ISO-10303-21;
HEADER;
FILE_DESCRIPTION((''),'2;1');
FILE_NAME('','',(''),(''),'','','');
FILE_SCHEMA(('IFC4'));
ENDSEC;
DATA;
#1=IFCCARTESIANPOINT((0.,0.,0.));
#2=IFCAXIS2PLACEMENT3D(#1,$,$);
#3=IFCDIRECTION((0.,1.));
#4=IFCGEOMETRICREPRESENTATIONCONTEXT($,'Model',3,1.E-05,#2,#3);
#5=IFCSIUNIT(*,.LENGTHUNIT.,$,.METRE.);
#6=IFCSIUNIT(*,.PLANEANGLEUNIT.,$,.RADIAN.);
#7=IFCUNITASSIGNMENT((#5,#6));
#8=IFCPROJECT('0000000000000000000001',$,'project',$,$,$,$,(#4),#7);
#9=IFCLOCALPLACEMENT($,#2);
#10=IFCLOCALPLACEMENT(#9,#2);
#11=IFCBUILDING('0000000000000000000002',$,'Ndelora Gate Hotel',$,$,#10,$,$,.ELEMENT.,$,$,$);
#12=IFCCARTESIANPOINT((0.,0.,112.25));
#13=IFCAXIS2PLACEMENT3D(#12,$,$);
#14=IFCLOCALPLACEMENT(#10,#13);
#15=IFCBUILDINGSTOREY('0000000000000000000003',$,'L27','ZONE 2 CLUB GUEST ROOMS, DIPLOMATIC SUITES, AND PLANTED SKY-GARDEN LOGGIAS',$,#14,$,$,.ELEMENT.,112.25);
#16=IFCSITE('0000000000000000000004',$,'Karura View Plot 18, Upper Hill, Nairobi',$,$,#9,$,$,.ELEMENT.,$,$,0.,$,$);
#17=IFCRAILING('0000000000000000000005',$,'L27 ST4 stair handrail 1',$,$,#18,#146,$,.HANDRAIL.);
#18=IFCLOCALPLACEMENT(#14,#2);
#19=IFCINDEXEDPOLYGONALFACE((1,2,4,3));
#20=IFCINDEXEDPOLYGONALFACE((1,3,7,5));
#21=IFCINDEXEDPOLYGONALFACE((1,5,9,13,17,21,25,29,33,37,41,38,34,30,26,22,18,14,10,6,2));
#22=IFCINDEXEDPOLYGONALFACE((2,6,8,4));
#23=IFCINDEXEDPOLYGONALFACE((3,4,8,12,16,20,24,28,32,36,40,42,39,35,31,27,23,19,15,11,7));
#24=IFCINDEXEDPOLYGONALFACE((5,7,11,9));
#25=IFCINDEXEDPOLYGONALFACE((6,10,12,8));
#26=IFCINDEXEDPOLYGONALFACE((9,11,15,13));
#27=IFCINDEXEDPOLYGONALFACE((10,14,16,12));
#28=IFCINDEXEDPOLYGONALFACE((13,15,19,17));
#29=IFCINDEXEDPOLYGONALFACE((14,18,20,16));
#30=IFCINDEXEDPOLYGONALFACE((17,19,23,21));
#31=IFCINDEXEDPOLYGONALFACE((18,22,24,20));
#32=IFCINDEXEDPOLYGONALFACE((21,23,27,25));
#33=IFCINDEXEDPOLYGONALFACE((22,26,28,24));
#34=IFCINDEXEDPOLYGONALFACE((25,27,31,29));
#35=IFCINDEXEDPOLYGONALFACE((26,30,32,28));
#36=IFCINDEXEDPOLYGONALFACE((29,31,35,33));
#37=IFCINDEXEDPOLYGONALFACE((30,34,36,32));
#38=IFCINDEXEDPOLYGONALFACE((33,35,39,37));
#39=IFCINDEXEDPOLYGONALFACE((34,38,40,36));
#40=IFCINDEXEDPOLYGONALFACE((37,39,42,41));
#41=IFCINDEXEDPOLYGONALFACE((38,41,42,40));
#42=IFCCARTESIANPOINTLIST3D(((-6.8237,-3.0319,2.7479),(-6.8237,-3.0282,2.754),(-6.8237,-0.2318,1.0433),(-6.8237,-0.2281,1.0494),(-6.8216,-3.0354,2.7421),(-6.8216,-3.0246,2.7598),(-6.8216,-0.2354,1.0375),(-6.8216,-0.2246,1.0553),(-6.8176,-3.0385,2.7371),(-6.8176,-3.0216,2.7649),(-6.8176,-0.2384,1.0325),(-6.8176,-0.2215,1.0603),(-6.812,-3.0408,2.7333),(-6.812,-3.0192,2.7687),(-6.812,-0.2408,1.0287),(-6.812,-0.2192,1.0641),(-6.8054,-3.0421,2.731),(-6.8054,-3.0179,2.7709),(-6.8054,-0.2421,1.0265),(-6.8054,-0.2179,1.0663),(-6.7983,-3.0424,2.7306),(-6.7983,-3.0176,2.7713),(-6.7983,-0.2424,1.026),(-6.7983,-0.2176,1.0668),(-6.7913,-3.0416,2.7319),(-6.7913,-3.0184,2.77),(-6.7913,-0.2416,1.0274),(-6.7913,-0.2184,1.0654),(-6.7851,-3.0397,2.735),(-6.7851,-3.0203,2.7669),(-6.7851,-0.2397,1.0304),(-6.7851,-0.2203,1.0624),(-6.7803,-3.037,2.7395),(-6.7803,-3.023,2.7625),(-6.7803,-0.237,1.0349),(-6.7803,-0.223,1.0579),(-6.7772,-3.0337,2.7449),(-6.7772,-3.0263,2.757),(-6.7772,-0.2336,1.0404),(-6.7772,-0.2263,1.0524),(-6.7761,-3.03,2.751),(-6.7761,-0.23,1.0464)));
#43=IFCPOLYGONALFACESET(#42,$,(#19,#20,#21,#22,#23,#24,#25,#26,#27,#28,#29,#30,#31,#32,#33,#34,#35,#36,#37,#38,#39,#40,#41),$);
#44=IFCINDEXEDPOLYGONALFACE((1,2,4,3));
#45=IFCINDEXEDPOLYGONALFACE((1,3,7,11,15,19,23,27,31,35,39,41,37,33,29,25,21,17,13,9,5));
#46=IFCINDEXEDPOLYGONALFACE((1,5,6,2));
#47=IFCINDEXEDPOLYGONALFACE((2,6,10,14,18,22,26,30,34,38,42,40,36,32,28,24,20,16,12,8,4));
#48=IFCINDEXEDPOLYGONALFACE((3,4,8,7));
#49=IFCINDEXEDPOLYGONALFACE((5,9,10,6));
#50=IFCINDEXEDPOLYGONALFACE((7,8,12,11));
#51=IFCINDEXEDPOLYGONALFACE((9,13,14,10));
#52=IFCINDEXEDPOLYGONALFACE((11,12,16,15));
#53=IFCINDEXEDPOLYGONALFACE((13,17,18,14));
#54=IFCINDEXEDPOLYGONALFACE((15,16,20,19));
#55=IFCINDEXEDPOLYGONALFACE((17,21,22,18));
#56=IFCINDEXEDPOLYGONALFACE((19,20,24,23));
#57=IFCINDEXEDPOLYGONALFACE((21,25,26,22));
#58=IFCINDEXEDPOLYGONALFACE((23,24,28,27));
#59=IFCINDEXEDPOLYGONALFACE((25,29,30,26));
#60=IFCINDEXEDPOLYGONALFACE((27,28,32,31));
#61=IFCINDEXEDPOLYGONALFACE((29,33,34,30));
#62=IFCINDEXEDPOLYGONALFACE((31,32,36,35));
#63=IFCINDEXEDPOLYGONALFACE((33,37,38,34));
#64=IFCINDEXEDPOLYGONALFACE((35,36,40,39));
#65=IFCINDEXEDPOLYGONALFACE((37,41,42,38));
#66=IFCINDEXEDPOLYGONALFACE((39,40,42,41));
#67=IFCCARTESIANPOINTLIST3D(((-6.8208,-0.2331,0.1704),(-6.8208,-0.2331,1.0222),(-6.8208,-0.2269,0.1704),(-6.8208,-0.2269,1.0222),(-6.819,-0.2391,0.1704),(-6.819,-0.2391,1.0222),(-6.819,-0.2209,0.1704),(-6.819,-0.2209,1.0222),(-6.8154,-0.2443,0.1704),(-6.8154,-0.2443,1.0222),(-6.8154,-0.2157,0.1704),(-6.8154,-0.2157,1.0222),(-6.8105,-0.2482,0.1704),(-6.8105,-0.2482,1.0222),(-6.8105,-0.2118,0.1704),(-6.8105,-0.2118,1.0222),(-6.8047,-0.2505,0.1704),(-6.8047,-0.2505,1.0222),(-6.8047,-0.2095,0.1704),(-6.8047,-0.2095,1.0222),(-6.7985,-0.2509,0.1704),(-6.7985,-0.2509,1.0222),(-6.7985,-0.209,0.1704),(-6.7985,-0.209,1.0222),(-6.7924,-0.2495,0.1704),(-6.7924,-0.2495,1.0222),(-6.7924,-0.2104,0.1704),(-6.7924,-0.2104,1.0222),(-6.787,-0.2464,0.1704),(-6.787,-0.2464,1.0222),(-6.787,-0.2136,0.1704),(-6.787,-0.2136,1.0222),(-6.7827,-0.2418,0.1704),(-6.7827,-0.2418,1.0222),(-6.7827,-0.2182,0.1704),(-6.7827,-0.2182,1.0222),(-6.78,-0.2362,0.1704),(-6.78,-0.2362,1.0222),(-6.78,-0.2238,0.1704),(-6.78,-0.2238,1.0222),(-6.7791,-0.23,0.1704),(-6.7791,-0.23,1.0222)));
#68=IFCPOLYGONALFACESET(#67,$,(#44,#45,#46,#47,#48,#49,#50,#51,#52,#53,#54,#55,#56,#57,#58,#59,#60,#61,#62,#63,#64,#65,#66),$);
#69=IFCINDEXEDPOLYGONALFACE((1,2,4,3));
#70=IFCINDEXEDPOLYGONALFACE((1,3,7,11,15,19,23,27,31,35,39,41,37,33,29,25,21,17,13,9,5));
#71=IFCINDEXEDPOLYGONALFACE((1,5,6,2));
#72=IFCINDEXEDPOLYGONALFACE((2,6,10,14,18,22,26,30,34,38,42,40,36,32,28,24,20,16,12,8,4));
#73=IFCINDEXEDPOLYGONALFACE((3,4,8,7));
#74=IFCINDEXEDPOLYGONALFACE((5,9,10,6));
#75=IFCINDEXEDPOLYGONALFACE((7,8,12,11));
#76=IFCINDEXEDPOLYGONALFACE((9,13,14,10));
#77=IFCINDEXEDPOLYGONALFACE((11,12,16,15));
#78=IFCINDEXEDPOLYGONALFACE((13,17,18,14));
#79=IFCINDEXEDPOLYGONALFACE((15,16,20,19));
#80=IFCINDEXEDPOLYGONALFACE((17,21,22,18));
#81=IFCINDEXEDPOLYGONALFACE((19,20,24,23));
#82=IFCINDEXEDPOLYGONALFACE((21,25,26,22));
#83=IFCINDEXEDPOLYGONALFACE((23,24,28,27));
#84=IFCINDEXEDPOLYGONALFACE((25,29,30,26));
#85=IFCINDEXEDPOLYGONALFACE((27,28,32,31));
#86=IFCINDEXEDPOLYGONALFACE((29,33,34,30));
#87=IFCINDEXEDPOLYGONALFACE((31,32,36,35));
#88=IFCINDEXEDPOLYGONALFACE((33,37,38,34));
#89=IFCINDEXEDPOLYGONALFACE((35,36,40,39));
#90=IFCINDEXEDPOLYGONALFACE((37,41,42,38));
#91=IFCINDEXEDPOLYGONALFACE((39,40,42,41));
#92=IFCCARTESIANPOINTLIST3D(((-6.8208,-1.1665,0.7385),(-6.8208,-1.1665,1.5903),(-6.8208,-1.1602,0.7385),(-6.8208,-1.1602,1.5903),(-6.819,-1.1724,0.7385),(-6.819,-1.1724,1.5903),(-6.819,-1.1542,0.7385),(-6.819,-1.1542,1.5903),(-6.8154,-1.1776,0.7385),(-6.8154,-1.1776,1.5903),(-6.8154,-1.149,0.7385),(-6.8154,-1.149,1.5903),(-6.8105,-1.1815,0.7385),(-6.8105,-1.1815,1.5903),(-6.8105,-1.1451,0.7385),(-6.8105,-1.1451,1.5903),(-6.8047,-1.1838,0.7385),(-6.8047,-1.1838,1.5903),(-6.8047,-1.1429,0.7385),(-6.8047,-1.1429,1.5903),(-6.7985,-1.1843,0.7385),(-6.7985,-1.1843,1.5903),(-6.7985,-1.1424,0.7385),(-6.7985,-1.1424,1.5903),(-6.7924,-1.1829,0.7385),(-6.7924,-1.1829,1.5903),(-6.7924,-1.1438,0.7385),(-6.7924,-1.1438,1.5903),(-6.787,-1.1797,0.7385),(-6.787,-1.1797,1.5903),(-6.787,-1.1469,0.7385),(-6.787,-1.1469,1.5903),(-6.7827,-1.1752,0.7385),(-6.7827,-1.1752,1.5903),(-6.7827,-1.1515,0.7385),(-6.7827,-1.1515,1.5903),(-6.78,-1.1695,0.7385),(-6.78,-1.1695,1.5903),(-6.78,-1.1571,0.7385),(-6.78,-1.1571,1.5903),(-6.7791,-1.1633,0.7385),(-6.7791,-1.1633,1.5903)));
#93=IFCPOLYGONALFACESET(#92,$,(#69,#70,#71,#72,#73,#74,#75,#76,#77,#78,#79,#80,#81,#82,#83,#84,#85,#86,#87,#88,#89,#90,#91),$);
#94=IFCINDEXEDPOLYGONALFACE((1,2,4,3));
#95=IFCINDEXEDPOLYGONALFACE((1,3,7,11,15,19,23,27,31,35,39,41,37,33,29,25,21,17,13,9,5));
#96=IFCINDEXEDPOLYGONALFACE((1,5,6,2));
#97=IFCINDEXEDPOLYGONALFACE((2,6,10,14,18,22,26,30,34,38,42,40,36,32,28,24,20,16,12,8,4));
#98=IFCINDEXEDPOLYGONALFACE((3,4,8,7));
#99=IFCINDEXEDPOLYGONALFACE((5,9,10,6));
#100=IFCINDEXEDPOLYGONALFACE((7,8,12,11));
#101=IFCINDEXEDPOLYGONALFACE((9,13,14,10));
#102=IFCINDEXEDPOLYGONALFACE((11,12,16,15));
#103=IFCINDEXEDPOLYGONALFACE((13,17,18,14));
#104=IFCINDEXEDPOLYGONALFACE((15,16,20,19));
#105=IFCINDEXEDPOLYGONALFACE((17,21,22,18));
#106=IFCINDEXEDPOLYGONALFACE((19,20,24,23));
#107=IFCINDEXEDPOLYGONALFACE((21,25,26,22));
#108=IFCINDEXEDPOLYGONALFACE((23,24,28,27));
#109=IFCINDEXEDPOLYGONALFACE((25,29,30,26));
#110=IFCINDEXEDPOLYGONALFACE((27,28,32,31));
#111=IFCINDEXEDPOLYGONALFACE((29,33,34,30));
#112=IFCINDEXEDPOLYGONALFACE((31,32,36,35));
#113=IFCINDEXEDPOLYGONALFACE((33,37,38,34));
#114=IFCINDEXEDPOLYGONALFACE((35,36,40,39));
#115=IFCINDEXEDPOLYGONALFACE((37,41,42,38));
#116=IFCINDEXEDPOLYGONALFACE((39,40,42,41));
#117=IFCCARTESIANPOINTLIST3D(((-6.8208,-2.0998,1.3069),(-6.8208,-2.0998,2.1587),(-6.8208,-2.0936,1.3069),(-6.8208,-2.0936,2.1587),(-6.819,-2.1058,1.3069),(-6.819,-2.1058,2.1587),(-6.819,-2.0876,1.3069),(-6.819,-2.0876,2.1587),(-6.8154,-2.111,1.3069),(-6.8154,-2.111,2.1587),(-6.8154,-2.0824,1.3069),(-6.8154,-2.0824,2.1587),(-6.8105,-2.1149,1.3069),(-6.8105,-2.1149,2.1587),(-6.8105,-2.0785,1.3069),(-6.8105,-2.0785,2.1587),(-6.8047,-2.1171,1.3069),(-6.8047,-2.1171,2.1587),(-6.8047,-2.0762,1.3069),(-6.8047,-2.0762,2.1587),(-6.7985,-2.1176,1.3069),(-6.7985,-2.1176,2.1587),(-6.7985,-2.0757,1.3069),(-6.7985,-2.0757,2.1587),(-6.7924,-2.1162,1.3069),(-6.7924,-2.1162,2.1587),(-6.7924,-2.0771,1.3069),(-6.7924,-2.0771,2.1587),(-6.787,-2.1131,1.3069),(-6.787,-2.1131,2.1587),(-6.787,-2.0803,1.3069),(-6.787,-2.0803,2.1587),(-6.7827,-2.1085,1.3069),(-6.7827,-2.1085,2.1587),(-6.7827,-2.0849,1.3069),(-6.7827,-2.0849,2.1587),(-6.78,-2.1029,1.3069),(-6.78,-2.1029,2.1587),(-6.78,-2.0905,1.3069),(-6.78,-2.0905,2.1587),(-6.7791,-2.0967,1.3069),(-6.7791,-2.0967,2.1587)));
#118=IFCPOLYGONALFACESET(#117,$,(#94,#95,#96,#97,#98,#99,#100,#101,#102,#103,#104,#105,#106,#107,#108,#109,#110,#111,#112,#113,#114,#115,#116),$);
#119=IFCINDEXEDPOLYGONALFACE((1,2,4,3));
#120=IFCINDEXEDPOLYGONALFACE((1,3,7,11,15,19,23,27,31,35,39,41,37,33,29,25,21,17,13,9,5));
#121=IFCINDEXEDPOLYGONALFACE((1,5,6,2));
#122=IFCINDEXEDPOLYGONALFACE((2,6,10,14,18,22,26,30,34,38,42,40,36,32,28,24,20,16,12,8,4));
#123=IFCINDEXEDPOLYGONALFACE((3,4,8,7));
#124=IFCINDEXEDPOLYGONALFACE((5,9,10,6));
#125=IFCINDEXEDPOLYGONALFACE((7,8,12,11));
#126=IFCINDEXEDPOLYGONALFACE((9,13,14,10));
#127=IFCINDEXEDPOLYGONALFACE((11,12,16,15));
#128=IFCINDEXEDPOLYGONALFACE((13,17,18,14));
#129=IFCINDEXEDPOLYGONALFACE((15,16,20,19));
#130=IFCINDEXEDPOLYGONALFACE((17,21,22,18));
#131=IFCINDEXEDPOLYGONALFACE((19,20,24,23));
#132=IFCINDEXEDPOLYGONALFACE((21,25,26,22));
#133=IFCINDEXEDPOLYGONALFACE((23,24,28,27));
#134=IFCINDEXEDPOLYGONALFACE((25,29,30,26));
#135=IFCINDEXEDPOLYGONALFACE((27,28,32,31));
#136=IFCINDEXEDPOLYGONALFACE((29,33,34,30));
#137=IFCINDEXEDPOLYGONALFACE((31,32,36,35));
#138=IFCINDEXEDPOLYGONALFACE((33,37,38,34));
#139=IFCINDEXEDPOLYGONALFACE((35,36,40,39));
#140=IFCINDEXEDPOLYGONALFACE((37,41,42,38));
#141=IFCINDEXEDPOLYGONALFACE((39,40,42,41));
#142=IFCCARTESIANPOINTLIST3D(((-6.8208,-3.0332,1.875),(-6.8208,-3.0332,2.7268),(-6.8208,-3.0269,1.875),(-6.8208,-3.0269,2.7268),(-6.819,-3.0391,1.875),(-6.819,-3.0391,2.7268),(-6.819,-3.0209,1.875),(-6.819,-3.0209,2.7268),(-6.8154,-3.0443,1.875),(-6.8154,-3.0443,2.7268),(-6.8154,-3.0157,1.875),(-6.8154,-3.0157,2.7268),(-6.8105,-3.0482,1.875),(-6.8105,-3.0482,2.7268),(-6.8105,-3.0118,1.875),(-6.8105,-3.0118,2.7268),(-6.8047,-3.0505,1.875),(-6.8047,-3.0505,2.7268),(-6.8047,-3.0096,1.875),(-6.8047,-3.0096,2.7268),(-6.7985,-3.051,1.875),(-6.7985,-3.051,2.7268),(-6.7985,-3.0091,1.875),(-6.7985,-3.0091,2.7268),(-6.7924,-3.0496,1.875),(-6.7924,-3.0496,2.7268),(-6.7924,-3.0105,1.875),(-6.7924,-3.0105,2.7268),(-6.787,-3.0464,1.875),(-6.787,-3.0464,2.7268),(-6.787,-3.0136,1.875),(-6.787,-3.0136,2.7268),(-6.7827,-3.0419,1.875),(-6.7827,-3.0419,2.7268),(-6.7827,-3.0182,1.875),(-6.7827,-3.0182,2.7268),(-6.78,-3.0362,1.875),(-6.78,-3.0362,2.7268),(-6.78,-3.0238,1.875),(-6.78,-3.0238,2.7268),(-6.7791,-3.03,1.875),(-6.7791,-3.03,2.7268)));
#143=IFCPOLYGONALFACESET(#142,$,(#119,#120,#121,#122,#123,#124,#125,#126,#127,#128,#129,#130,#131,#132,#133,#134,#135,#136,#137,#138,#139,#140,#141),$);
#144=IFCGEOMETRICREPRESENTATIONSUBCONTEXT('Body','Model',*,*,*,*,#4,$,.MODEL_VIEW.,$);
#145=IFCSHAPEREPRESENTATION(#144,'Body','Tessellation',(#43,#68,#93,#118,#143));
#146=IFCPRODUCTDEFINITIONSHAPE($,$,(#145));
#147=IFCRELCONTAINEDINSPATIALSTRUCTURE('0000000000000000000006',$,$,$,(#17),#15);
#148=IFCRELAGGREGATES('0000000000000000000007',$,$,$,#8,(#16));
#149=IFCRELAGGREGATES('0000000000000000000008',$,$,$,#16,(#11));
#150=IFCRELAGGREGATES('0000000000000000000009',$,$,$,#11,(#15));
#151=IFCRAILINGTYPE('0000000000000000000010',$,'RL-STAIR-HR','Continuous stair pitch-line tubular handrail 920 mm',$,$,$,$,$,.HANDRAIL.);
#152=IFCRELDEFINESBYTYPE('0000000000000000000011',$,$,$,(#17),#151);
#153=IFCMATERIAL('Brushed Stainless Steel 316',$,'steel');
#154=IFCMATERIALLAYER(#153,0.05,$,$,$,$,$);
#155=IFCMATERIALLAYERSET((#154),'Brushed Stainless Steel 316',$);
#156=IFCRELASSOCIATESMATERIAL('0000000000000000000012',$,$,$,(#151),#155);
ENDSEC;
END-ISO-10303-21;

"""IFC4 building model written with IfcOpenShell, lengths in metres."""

from ifc_helpers import new_model, si_unit, direction, frame, origin, origin_2d, place, context, subcontext, project, spatial, circle, extrude, material, layer, layer_set, type_object, element, save


model = new_model("IFC4")

# Units and contexts
model_context = context("Model", 3, precision=1e-05, world=origin(), true_north=direction((0.0, 1.0)))
body_context = subcontext(model_context, "Body", "Model", "MODEL_VIEW")
ifc_project = project(units=[si_unit("LENGTHUNIT", "METRE"), si_unit("PLANEANGLEUNIT", "RADIAN")], contexts=[model_context])

# Site, building, storey
site_placement = place(None, origin())
site = spatial("IfcSite", under=ifc_project, at=site_placement, Name="Karura View Plot 18, Upper Hill, Nairobi", CompositionType="ELEMENT", RefElevation=0.0)
building_placement = place(site_placement, origin())
building = spatial("IfcBuilding", under=site, at=building_placement, Name="Ndelora Gate Hotel", CompositionType="ELEMENT")
storey_placement = place(building_placement, frame((0.0, 0.0, 112.25)))
storey = spatial("IfcBuildingStorey", under=building, at=storey_placement, Name="L27", Description="ZONE 2 CLUB GUEST ROOMS, DIPLOMATIC SUITES, AND PLANTED SKY-GARDEN LOGGIAS", CompositionType="ELEMENT", Elevation=112.25)

# Railing
ifc_material_1 = material(Name="Brushed Stainless Steel 316", Category="steel")
ifc_layer_1 = layer(ifc_material_1, 0.05)
ifc_layer_set_1 = layer_set([ifc_layer_1], Name="Brushed Stainless Steel 316")
railing_type_1 = type_object("IfcRailingType", Name="RL-STAIR-HR", Description="Continuous stair pitch-line tubular handrail 920 mm", PredefinedType="HANDRAIL", material=ifc_layer_set_1)
railing_1_placement = place(storey_placement, frame((-6.8, -0.23, 0.1704)))
element("IfcRailing", 1, at=railing_1_placement, inside=storey, type_object=railing_type_1, Name="L27 ST4 stair handrail 1", PredefinedType="HANDRAIL", context=body_context, shape_type="SweptSolid", body=[
    extrude(circle(Radius=0.0239, at=origin_2d()), frame((0.0, 0.0, 0.876), z_axis=(0.0, -0.85417, 0.519994), x_axis=(1.0, 0.0, 0.0)), (0.0, 0.0, 1.0), 3.2781),
    extrude(circle(Radius=0.021, at=origin_2d()), origin(), (0.0, 0.0, 1.0), 0.8518),
    extrude(circle(Radius=0.021, at=origin_2d()), frame((0.0, -0.9333, 0.5681)), (0.0, 0.0, 1.0), 0.8518),
    extrude(circle(Radius=0.021, at=origin_2d()), frame((0.0, -1.8667, 1.1365)), (0.0, 0.0, 1.0), 0.8518),
    extrude(circle(Radius=0.021, at=origin_2d()), frame((0.0, -2.8, 1.7046)), (0.0, 0.0, 1.0), 0.8518),
])

save(model, "model.ifc")
